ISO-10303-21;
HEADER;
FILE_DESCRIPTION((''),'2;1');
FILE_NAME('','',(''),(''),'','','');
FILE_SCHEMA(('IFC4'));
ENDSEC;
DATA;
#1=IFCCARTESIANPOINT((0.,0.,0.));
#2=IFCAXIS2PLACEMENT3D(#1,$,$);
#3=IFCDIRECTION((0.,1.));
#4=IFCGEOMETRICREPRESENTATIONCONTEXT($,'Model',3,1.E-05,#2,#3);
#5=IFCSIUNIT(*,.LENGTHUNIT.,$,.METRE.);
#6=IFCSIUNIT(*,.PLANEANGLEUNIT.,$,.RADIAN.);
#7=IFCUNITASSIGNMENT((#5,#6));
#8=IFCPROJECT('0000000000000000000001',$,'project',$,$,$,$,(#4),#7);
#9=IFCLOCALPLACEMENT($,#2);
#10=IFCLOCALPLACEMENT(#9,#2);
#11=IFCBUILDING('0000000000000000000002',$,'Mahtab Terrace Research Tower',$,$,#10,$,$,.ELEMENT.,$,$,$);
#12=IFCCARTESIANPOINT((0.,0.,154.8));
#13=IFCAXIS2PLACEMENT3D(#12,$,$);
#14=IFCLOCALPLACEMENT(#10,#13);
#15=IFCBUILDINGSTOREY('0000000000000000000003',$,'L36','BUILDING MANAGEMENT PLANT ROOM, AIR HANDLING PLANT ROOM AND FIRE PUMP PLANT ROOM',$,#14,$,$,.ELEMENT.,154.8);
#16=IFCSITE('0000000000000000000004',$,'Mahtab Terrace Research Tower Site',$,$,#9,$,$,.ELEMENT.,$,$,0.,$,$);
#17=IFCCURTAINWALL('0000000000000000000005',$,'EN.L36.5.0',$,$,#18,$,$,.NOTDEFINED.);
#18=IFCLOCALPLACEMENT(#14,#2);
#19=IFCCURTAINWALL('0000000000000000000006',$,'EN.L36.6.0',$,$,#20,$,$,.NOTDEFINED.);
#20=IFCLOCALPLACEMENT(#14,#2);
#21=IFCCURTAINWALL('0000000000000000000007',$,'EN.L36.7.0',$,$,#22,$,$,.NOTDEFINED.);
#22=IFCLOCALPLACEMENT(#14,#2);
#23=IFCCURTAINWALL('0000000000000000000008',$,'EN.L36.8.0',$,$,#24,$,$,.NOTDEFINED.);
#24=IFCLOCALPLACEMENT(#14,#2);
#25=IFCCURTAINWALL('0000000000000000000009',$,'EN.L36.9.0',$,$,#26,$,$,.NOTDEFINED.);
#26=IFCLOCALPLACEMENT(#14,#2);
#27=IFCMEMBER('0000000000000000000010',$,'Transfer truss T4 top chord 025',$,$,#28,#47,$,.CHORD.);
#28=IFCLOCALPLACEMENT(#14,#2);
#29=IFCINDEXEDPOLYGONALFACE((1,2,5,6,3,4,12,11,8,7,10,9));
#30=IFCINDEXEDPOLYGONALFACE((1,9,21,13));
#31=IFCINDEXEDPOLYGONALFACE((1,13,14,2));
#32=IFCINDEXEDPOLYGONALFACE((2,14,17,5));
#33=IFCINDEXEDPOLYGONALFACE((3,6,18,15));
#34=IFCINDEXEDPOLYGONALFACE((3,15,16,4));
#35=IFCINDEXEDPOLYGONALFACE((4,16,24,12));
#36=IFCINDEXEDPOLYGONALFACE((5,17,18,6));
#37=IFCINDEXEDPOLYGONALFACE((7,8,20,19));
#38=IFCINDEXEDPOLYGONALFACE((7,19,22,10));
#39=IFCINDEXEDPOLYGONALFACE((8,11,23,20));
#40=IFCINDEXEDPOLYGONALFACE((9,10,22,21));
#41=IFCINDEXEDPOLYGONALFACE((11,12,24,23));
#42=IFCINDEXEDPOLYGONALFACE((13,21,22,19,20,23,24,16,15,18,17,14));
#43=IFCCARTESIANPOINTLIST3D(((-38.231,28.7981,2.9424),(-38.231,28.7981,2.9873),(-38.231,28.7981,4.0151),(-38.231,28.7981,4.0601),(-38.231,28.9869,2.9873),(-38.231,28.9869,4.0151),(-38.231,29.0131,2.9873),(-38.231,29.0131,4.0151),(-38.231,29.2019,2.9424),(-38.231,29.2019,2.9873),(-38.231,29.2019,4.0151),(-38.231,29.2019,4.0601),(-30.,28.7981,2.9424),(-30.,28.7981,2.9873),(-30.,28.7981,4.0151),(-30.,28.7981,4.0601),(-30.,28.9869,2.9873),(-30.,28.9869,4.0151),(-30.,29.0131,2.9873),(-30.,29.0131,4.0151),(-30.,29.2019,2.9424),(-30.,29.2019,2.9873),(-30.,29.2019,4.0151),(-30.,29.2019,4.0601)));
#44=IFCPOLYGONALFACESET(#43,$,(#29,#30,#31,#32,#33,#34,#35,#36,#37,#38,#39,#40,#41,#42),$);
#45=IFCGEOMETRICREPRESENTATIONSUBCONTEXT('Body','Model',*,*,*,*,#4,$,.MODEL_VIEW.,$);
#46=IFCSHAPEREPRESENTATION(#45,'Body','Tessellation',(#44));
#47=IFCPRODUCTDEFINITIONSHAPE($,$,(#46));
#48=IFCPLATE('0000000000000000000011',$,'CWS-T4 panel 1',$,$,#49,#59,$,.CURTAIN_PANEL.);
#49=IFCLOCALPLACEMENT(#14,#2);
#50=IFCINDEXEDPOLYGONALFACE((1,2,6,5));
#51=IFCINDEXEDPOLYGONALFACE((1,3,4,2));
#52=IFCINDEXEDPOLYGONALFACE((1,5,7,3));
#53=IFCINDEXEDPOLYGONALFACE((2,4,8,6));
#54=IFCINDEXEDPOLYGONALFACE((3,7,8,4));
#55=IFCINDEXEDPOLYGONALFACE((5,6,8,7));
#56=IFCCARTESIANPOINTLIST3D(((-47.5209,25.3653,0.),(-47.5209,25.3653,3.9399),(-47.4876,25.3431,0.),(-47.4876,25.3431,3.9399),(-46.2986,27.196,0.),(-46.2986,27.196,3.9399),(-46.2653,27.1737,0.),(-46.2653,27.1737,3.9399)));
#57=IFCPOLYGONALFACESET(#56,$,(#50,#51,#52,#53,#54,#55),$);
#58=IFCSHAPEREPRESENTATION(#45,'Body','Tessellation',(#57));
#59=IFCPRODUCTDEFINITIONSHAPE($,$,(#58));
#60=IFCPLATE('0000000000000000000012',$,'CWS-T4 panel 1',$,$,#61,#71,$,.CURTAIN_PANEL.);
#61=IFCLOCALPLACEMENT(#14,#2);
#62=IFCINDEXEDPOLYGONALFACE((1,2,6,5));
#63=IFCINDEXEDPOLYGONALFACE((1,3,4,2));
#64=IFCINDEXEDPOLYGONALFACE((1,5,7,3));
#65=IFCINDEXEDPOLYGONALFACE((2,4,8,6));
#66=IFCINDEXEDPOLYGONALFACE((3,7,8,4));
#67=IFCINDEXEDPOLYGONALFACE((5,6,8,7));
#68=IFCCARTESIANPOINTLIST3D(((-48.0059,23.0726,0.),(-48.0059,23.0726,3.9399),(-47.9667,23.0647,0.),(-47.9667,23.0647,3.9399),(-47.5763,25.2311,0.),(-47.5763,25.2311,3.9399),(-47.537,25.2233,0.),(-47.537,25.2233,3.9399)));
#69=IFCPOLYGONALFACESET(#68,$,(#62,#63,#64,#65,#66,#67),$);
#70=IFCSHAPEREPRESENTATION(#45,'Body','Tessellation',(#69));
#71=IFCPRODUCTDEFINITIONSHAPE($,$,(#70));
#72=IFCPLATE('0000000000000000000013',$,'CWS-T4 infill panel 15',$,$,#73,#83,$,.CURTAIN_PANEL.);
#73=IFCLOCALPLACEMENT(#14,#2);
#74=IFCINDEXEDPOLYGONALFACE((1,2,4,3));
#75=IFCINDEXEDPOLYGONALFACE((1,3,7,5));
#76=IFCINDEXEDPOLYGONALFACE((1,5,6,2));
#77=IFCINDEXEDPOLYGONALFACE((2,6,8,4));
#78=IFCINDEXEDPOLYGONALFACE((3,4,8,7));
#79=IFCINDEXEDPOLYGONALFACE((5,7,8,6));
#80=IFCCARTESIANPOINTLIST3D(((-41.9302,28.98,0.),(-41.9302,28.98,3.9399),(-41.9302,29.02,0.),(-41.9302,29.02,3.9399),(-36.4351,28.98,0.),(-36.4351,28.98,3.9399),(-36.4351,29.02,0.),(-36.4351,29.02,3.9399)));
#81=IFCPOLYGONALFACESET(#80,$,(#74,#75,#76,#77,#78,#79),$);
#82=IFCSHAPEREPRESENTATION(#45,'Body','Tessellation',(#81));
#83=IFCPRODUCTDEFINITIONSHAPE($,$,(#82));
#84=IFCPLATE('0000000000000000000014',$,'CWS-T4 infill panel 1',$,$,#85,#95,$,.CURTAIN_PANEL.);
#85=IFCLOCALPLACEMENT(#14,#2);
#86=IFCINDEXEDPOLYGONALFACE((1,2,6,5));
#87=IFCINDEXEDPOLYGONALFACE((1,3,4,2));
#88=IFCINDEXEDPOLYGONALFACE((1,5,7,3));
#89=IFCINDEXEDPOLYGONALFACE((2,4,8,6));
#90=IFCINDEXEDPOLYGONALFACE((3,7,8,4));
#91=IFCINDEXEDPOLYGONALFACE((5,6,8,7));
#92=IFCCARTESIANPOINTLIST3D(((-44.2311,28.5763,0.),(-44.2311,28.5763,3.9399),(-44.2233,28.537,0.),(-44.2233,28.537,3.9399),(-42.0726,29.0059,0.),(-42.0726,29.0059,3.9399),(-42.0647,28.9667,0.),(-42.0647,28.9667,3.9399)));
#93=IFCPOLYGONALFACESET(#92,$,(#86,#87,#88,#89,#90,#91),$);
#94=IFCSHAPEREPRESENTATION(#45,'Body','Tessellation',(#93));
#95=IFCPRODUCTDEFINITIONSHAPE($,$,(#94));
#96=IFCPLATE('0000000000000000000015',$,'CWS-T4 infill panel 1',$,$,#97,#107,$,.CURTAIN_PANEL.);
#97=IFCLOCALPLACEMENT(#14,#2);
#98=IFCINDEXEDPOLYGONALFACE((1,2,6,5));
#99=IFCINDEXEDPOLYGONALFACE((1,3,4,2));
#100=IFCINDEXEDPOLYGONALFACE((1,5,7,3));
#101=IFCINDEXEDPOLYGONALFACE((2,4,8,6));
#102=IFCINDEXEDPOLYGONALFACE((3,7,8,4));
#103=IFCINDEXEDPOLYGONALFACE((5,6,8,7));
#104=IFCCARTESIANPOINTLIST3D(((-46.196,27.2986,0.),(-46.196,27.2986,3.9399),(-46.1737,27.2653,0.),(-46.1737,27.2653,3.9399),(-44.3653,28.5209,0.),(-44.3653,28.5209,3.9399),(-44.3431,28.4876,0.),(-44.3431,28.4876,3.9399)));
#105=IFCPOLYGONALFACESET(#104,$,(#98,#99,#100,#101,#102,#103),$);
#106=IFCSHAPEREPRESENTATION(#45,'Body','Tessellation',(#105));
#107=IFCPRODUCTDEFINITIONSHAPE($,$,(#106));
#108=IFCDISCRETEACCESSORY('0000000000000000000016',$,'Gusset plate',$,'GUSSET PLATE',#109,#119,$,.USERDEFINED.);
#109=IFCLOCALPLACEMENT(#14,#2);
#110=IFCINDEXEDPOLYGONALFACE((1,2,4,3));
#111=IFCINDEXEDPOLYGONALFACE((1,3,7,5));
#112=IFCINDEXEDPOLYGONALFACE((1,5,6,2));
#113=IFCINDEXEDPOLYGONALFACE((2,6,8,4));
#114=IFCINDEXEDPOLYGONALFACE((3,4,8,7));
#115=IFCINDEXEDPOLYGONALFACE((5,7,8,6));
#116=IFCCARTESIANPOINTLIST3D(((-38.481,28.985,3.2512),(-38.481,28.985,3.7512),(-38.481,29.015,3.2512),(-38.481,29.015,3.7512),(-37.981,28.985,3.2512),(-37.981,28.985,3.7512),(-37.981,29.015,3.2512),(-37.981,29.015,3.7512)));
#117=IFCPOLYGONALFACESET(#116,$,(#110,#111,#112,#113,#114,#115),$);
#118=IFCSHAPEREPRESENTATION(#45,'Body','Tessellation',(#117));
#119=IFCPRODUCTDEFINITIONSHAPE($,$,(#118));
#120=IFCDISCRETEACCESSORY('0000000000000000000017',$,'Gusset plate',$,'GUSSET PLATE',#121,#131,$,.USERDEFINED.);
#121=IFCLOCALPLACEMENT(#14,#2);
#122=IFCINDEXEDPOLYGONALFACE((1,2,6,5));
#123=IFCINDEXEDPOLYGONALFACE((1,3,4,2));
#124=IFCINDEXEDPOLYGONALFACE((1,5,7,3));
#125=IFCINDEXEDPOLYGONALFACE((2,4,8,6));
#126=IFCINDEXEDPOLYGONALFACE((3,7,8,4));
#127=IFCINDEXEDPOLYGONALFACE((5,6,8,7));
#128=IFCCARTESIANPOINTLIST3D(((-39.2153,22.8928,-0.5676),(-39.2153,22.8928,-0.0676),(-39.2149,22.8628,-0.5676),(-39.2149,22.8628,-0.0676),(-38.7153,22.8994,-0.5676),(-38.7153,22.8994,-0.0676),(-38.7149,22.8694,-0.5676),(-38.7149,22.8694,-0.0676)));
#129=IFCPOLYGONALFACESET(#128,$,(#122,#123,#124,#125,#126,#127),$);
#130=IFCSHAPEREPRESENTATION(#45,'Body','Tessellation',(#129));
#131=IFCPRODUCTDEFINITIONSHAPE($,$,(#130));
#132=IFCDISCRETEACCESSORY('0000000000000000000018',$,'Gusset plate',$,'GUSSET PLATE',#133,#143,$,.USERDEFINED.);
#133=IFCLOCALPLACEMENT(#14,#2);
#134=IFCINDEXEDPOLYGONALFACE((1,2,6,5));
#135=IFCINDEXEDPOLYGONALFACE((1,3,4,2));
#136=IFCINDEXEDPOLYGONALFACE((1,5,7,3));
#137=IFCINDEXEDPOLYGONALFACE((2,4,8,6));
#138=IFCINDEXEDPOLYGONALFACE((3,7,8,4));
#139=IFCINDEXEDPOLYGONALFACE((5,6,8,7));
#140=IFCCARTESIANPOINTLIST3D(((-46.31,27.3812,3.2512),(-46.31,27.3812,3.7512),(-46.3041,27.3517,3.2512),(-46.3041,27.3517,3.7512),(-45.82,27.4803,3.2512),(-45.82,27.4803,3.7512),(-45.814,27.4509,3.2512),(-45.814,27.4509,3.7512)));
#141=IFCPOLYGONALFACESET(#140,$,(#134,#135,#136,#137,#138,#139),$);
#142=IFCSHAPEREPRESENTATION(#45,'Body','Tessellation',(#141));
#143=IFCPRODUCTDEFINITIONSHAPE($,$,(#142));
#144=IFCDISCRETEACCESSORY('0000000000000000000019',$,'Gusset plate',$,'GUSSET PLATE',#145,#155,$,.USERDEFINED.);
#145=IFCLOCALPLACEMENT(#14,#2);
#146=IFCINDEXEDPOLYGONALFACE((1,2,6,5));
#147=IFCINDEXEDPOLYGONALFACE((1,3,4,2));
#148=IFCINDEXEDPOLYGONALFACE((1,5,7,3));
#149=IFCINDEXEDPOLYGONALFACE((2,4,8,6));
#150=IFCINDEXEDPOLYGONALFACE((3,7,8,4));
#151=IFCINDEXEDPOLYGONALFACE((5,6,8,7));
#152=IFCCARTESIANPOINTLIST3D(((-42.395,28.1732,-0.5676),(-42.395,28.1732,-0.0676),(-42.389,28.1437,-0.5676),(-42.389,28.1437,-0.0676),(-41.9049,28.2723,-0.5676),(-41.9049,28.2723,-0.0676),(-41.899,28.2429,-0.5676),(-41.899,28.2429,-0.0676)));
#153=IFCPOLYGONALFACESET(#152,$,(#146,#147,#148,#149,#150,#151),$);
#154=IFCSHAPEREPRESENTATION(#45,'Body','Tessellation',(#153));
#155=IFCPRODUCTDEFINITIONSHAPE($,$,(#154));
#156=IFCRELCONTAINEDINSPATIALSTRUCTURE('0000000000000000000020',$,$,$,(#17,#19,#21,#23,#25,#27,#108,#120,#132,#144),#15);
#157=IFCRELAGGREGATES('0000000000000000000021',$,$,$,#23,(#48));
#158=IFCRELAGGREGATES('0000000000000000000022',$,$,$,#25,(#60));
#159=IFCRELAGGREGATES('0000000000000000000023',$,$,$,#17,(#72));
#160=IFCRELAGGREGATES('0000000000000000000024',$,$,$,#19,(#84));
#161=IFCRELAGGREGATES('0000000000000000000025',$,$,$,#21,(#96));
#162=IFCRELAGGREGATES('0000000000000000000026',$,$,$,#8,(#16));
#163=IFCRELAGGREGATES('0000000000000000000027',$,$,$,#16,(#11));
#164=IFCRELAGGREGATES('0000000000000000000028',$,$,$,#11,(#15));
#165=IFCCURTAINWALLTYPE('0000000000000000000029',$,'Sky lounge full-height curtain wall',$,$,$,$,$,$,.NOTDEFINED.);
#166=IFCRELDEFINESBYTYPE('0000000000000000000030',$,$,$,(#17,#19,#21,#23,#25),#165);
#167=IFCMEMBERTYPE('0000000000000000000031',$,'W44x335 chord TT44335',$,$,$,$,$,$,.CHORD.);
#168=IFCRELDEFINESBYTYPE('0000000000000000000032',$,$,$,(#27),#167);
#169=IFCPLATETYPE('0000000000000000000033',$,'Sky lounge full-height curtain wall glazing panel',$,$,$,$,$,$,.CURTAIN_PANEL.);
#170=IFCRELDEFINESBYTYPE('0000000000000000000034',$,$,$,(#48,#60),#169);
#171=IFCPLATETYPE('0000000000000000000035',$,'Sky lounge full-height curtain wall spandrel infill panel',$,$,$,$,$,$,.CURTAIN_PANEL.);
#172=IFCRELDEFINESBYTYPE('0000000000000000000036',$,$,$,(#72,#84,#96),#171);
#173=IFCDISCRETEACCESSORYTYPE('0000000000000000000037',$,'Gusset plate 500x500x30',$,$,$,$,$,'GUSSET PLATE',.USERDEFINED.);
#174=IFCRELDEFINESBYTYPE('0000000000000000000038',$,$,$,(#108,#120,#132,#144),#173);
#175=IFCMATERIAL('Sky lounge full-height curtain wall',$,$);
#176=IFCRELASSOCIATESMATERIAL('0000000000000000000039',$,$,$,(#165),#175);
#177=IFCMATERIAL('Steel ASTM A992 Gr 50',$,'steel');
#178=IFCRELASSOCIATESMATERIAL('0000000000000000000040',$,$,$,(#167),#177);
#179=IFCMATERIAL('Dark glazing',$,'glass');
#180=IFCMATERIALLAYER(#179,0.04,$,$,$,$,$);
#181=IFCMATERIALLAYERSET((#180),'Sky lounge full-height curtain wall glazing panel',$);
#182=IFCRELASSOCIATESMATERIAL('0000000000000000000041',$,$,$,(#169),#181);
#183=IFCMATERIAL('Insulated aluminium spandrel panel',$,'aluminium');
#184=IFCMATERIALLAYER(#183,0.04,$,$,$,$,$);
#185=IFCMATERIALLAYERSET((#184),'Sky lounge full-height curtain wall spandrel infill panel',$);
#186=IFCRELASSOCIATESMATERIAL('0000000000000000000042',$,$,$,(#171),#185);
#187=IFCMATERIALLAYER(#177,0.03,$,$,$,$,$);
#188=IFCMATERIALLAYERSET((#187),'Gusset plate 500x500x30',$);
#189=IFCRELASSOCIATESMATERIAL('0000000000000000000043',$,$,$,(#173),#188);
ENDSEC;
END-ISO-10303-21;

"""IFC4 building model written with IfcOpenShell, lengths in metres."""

from ifc_helpers import new_model, si_unit, direction, frame, origin, origin_2d, place, context, subcontext, project, spatial, rectangle, i_section, extrude, material, layer, layer_set, material_profile, profile_set, type_object, element, aggregate, save


model = new_model("IFC4")

# Units and contexts
model_context = context("Model", 3, precision=1e-05, world=origin(), true_north=direction((0.0, 1.0)))
body_context = subcontext(model_context, "Body", "Model", "MODEL_VIEW")
ifc_project = project(units=[si_unit("LENGTHUNIT", "METRE"), si_unit("PLANEANGLEUNIT", "RADIAN")], contexts=[model_context])

# Site, building, storey
site_placement = place(None, origin())
site = spatial("IfcSite", under=ifc_project, at=site_placement, Name="Mahtab Terrace Research Tower Site", CompositionType="ELEMENT", RefElevation=0.0)
building_placement = place(site_placement, origin())
building = spatial("IfcBuilding", under=site, at=building_placement, Name="Mahtab Terrace Research Tower", CompositionType="ELEMENT")
storey_placement = place(building_placement, frame((0.0, 0.0, 154.8)))
storey = spatial("IfcBuildingStorey", under=building, at=storey_placement, Name="L36", Description="BUILDING MANAGEMENT PLANT ROOM, AIR HANDLING PLANT ROOM AND FIRE PUMP PLANT ROOM", CompositionType="ELEMENT", Elevation=154.8)

# Curtain wall
ifc_material_1 = material(Name="Sky lounge full-height curtain wall")
curtain_wall_type = type_object("IfcCurtainWallType", Name="Sky lounge full-height curtain wall", PredefinedType="NOTDEFINED", material=ifc_material_1)
curtain_wall_1_placement = place(storey_placement, origin())
curtain_wall_1 = element("IfcCurtainWall", 1, at=curtain_wall_1_placement, inside=storey, type_object=curtain_wall_type, Name="EN.L36.5.0", PredefinedType="NOTDEFINED")

# Curtain walls
curtain_wall_2_placement = place(storey_placement, origin())
curtain_wall_2 = element("IfcCurtainWall", 2, at=curtain_wall_2_placement, inside=storey, type_object=curtain_wall_type, Name="EN.L36.6.0", PredefinedType="NOTDEFINED")
curtain_wall_3_placement = place(storey_placement, origin())
curtain_wall_3 = element("IfcCurtainWall", 3, at=curtain_wall_3_placement, inside=storey, type_object=curtain_wall_type, Name="EN.L36.7.0", PredefinedType="NOTDEFINED")
curtain_wall_4_placement = place(storey_placement, origin())
curtain_wall_4 = element("IfcCurtainWall", 4, at=curtain_wall_4_placement, inside=storey, type_object=curtain_wall_type, Name="EN.L36.8.0", PredefinedType="NOTDEFINED")
curtain_wall_5_placement = place(storey_placement, origin())
curtain_wall_5 = element("IfcCurtainWall", 5, at=curtain_wall_5_placement, inside=storey, type_object=curtain_wall_type, Name="EN.L36.9.0", PredefinedType="NOTDEFINED")

# Member
ifc_material_2 = material(Name="Steel ASTM A992 Gr 50", Category="steel")
ifc_material_profile_1 = material_profile(ifc_material_2, i_section(OverallWidth=0.4038, OverallDepth=1.1177, WebThickness=0.0261, FlangeThickness=0.0449, at=origin_2d()), Name="W44X335")
ifc_profile_set_1 = profile_set([ifc_material_profile_1], Name="Steel ASTM A992 Gr 50")
member_type_1 = type_object("IfcMemberType", Name="W44x335 chord TT44335", PredefinedType="CHORD", material=ifc_profile_set_1)
member_1_placement = place(storey_placement, frame((-38.231, 29.0, 3.5012), z_axis=(1.0, 0.0, 0.0), x_axis=(0.0, 1.0, 0.0)))
element("IfcMember", 6, at=member_1_placement, inside=storey, type_object=member_type_1, Name="Transfer truss T4 top chord 025", PredefinedType="CHORD", context=body_context, shape_type="SweptSolid", body=[
    extrude(i_section(OverallWidth=0.4038, OverallDepth=1.1177, WebThickness=0.0261, FlangeThickness=0.0449, at=origin_2d()), origin(), (0.0, 0.0, 1.0), 8.231),
])

# Plates
ifc_material_3 = material(Name="Dark glazing", Category="glass")
ifc_layer_1 = layer(ifc_material_3, 0.04)
ifc_layer_set_1 = layer_set([ifc_layer_1], Name="Sky lounge full-height curtain wall glazing panel")
plate_type_1 = type_object("IfcPlateType", Name="Sky lounge full-height curtain wall glazing panel", PredefinedType="CURTAIN_PANEL", material=ifc_layer_set_1)
plate_1_placement = place(storey_placement, frame((-46.8931, 26.2695, 0.0), z_axis=(0.0, 0.0, 1.0), x_axis=(-0.555291, -0.831656, 0.0)))
plate_1 = element("IfcPlate", 7, at=plate_1_placement, type_object=plate_type_1, Name="CWS-T4 panel 1", PredefinedType="CURTAIN_PANEL", context=body_context, shape_type="SweptSolid", body=[
    extrude(rectangle(XDim=2.2012, YDim=0.04, at=origin_2d()), origin(), (0.0, 0.0, 1.0), 3.9399),
])
aggregate(curtain_wall_4, [plate_1])
plate_2_placement = place(storey_placement, frame((-47.7715, 24.1479, 0.0), z_axis=(0.0, 0.0, 1.0), x_axis=(-0.195212, -0.980761, 0.0)))
plate_2 = element("IfcPlate", 8, at=plate_2_placement, type_object=plate_type_1, Name="CWS-T4 panel 1", PredefinedType="CURTAIN_PANEL", context=body_context, shape_type="SweptSolid", body=[
    extrude(rectangle(XDim=2.2009, YDim=0.04, at=origin_2d()), origin(), (0.0, 0.0, 1.0), 3.9399),
])
aggregate(curtain_wall_5, [plate_2])
ifc_material_4 = material(Name="Insulated aluminium spandrel panel", Category="aluminium")
ifc_layer_2 = layer(ifc_material_4, 0.04)
ifc_layer_set_2 = layer_set([ifc_layer_2], Name="Sky lounge full-height curtain wall spandrel infill panel")
plate_type_2 = type_object("IfcPlateType", Name="Sky lounge full-height curtain wall spandrel infill panel", PredefinedType="CURTAIN_PANEL", material=ifc_layer_set_2)
plate_3_placement = place(storey_placement, frame((-39.1826, 29.0, 0.0), z_axis=(0.0, 0.0, 1.0), x_axis=(-1.0, 0.0, 0.0)))
plate_3 = element("IfcPlate", 9, at=plate_3_placement, type_object=plate_type_2, Name="CWS-T4 infill panel 15", PredefinedType="CURTAIN_PANEL", context=body_context, shape_type="SweptSolid", body=[
    extrude(rectangle(XDim=5.4951, YDim=0.04, at=origin_2d()), origin(), (0.0, 0.0, 1.0), 3.9399),
])
aggregate(curtain_wall_1, [plate_3])
plate_4_placement = place(storey_placement, frame((-43.1479, 28.7715, 0.0), z_axis=(0.0, 0.0, 1.0), x_axis=(-0.980761, -0.195212, 0.0)))
plate_4 = element("IfcPlate", 10, at=plate_4_placement, type_object=plate_type_2, Name="CWS-T4 infill panel 1", PredefinedType="CURTAIN_PANEL", context=body_context, shape_type="SweptSolid", body=[
    extrude(rectangle(XDim=2.2009, YDim=0.04, at=origin_2d()), origin(), (0.0, 0.0, 1.0), 3.9399),
])
aggregate(curtain_wall_2, [plate_4])
plate_5_placement = place(storey_placement, frame((-45.2695, 27.8931, 0.0), z_axis=(0.0, 0.0, 1.0), x_axis=(-0.831656, -0.555291, 0.0)))
plate_5 = element("IfcPlate", 11, at=plate_5_placement, type_object=plate_type_2, Name="CWS-T4 infill panel 1", PredefinedType="CURTAIN_PANEL", context=body_context, shape_type="SweptSolid", body=[
    extrude(rectangle(XDim=2.2012, YDim=0.04, at=origin_2d()), origin(), (0.0, 0.0, 1.0), 3.9399),
])
aggregate(curtain_wall_3, [plate_5])

# Discrete accessories
ifc_layer_3 = layer(ifc_material_2, 0.03)
ifc_layer_set_3 = layer_set([ifc_layer_3], Name="Gusset plate 500x500x30")
discrete_accessory_type = type_object("IfcDiscreteAccessoryType", Name="Gusset plate 500x500x30", ElementType="GUSSET PLATE", PredefinedType="USERDEFINED", material=ifc_layer_set_3)
for number, where, z_axis, x_axis, name in (
    (12, (-38.231, 29.0, 3.2512), (0.0, 0.0, 1.0), (1.0, 0.0, 0.0), "Gusset plate"),
    (13, (-38.9651, 22.8811, -0.5676), (0.0, 0.0, 1.0), (0.999913, 0.013159, 0.0), "Gusset plate"),
    (14, (-46.062, 27.416, 3.2512), (0.0, 0.0, 1.0), (0.980143, 0.19829, 0.0), "Gusset plate"),
    (15, (-42.147, 28.208, -0.5676), (0.0, 0.0, 1.0), (0.980143, 0.19829, 0.0), "Gusset plate"),
):
    element("IfcDiscreteAccessory", number, at=place(storey_placement, frame(where, z_axis=z_axis, x_axis=x_axis)), inside=storey, type_object=discrete_accessory_type, Name=name, ObjectType="GUSSET PLATE", PredefinedType="USERDEFINED", context=body_context, shape_type="SweptSolid", body=[
        extrude(rectangle(XDim=0.5, YDim=0.03, at=origin_2d()), origin(), (0.0, 0.0, 1.0), 0.5),
    ])

save(model, "model.ifc")
